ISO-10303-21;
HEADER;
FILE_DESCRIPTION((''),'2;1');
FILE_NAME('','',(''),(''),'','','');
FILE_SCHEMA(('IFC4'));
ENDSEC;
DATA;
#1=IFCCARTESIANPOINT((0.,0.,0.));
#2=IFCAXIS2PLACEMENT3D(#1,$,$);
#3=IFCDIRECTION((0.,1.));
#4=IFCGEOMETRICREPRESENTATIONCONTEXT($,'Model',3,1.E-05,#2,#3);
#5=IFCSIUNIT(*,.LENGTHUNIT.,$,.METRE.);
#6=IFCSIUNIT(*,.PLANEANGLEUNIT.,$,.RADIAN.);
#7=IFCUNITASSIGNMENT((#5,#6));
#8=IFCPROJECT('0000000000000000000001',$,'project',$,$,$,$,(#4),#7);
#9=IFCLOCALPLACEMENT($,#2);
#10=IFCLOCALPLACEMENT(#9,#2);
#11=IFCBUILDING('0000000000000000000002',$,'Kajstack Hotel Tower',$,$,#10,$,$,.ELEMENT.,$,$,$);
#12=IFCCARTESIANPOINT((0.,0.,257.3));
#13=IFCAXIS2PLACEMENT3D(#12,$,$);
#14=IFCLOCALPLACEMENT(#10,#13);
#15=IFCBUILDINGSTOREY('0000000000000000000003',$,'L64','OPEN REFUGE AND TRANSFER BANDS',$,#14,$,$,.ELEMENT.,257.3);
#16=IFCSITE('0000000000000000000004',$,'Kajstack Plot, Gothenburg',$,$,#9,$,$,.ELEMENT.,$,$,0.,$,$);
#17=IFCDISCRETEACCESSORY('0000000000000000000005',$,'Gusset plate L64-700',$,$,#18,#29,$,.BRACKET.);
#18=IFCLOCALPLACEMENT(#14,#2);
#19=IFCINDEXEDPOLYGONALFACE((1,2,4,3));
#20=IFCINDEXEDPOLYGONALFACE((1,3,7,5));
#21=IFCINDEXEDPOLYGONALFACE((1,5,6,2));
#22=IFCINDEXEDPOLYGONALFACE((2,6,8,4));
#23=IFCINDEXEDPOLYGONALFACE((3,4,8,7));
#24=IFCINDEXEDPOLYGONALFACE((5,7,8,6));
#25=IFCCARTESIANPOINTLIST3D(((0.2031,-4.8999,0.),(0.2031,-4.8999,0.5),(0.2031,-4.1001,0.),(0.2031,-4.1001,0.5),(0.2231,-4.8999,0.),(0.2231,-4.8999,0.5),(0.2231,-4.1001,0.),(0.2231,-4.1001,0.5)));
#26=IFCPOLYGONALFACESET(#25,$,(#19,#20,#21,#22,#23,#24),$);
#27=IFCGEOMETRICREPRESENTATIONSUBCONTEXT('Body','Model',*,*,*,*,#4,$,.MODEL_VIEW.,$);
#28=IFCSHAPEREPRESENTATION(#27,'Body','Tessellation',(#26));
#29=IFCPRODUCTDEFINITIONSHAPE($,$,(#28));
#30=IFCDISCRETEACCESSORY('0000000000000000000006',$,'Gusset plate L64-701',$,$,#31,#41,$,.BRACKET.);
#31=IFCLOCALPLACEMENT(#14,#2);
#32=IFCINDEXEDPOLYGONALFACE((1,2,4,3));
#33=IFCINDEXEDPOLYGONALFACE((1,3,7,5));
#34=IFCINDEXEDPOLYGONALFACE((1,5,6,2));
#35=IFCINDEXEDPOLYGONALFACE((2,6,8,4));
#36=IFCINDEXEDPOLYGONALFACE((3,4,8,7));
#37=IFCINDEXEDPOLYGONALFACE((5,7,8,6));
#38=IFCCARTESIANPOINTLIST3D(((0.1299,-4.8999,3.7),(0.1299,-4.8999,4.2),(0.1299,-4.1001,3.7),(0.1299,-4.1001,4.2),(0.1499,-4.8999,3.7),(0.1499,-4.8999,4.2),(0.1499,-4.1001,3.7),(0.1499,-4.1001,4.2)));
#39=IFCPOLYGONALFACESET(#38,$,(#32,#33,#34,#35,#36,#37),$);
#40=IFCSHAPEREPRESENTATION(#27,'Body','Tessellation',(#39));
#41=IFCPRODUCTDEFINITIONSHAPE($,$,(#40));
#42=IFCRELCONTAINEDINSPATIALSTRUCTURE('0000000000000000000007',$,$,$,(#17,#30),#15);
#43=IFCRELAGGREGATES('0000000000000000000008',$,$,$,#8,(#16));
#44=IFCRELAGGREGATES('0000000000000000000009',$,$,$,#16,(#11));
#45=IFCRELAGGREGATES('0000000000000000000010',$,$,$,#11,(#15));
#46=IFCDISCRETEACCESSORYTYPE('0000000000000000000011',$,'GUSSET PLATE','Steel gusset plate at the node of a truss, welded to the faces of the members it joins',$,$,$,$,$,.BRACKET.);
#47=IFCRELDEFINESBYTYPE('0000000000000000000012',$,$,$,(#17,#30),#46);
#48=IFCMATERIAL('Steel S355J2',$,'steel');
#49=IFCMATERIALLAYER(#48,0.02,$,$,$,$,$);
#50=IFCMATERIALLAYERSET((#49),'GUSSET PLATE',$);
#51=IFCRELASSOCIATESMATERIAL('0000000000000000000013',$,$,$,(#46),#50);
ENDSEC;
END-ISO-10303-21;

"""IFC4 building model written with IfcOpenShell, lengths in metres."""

from ifc_helpers import new_model, si_unit, direction, frame, origin, place, context, subcontext, project, spatial, polyline, outline, extrude, material, layer, layer_set, type_object, element, save


model = new_model("IFC4")

# Units and contexts
model_context = context("Model", 3, precision=1e-05, world=origin(), true_north=direction((0.0, 1.0)))
body_context = subcontext(model_context, "Body", "Model", "MODEL_VIEW")
ifc_project = project(units=[si_unit("LENGTHUNIT", "METRE"), si_unit("PLANEANGLEUNIT", "RADIAN")], contexts=[model_context])

# Site, building, storey
site_placement = place(None, origin())
site = spatial("IfcSite", under=ifc_project, at=site_placement, Name="Kajstack Plot, Gothenburg", CompositionType="ELEMENT", RefElevation=0.0)
building_placement = place(site_placement, origin())
building = spatial("IfcBuilding", under=site, at=building_placement, Name="Kajstack Hotel Tower", CompositionType="ELEMENT")
storey_placement = place(building_placement, frame((0.0, 0.0, 257.3)))
storey = spatial("IfcBuildingStorey", under=building, at=storey_placement, Name="L64", Description="OPEN REFUGE AND TRANSFER BANDS", CompositionType="ELEMENT", Elevation=257.3)

# Shared definitions
ifc_material = material(Name="Steel S355J2", Category="steel")

# Discrete accessories
ifc_layer = layer(ifc_material, 0.02)
ifc_layer_set = layer_set([ifc_layer], Name="GUSSET PLATE")
discrete_accessory_type = type_object("IfcDiscreteAccessoryType", Name="GUSSET PLATE", Description="Steel gusset plate at the node of a truss, welded to the faces of the members it joins", PredefinedType="BRACKET", material=ifc_layer_set)
for number, where, z_axis, x_axis, name in (
    (1, (0.2031, -4.5, 0.0), (1.0, 0.0, 0.0), (0.0, 1.0, 0.0), "Gusset plate L64-700"),
    (2, (0.1299, -4.5, 3.7), (1.0, 0.0, 0.0), (0.0, 1.0, 0.0), "Gusset plate L64-701"),
):
    element("IfcDiscreteAccessory", number, at=place(storey_placement, frame(where, z_axis=z_axis, x_axis=x_axis)), inside=storey, type_object=discrete_accessory_type, Name=name, PredefinedType="BRACKET", context=body_context, shape_type="SweptSolid", body=[
        extrude(outline(polyline([(-0.3999, 0.0), (0.3999, 0.0), (0.3999, 0.5), (-0.3999, 0.5), (-0.3999, 0.0)])), origin(), (0.0, 0.0, 1.0), 0.02),
    ])

save(model, "model.ifc")
